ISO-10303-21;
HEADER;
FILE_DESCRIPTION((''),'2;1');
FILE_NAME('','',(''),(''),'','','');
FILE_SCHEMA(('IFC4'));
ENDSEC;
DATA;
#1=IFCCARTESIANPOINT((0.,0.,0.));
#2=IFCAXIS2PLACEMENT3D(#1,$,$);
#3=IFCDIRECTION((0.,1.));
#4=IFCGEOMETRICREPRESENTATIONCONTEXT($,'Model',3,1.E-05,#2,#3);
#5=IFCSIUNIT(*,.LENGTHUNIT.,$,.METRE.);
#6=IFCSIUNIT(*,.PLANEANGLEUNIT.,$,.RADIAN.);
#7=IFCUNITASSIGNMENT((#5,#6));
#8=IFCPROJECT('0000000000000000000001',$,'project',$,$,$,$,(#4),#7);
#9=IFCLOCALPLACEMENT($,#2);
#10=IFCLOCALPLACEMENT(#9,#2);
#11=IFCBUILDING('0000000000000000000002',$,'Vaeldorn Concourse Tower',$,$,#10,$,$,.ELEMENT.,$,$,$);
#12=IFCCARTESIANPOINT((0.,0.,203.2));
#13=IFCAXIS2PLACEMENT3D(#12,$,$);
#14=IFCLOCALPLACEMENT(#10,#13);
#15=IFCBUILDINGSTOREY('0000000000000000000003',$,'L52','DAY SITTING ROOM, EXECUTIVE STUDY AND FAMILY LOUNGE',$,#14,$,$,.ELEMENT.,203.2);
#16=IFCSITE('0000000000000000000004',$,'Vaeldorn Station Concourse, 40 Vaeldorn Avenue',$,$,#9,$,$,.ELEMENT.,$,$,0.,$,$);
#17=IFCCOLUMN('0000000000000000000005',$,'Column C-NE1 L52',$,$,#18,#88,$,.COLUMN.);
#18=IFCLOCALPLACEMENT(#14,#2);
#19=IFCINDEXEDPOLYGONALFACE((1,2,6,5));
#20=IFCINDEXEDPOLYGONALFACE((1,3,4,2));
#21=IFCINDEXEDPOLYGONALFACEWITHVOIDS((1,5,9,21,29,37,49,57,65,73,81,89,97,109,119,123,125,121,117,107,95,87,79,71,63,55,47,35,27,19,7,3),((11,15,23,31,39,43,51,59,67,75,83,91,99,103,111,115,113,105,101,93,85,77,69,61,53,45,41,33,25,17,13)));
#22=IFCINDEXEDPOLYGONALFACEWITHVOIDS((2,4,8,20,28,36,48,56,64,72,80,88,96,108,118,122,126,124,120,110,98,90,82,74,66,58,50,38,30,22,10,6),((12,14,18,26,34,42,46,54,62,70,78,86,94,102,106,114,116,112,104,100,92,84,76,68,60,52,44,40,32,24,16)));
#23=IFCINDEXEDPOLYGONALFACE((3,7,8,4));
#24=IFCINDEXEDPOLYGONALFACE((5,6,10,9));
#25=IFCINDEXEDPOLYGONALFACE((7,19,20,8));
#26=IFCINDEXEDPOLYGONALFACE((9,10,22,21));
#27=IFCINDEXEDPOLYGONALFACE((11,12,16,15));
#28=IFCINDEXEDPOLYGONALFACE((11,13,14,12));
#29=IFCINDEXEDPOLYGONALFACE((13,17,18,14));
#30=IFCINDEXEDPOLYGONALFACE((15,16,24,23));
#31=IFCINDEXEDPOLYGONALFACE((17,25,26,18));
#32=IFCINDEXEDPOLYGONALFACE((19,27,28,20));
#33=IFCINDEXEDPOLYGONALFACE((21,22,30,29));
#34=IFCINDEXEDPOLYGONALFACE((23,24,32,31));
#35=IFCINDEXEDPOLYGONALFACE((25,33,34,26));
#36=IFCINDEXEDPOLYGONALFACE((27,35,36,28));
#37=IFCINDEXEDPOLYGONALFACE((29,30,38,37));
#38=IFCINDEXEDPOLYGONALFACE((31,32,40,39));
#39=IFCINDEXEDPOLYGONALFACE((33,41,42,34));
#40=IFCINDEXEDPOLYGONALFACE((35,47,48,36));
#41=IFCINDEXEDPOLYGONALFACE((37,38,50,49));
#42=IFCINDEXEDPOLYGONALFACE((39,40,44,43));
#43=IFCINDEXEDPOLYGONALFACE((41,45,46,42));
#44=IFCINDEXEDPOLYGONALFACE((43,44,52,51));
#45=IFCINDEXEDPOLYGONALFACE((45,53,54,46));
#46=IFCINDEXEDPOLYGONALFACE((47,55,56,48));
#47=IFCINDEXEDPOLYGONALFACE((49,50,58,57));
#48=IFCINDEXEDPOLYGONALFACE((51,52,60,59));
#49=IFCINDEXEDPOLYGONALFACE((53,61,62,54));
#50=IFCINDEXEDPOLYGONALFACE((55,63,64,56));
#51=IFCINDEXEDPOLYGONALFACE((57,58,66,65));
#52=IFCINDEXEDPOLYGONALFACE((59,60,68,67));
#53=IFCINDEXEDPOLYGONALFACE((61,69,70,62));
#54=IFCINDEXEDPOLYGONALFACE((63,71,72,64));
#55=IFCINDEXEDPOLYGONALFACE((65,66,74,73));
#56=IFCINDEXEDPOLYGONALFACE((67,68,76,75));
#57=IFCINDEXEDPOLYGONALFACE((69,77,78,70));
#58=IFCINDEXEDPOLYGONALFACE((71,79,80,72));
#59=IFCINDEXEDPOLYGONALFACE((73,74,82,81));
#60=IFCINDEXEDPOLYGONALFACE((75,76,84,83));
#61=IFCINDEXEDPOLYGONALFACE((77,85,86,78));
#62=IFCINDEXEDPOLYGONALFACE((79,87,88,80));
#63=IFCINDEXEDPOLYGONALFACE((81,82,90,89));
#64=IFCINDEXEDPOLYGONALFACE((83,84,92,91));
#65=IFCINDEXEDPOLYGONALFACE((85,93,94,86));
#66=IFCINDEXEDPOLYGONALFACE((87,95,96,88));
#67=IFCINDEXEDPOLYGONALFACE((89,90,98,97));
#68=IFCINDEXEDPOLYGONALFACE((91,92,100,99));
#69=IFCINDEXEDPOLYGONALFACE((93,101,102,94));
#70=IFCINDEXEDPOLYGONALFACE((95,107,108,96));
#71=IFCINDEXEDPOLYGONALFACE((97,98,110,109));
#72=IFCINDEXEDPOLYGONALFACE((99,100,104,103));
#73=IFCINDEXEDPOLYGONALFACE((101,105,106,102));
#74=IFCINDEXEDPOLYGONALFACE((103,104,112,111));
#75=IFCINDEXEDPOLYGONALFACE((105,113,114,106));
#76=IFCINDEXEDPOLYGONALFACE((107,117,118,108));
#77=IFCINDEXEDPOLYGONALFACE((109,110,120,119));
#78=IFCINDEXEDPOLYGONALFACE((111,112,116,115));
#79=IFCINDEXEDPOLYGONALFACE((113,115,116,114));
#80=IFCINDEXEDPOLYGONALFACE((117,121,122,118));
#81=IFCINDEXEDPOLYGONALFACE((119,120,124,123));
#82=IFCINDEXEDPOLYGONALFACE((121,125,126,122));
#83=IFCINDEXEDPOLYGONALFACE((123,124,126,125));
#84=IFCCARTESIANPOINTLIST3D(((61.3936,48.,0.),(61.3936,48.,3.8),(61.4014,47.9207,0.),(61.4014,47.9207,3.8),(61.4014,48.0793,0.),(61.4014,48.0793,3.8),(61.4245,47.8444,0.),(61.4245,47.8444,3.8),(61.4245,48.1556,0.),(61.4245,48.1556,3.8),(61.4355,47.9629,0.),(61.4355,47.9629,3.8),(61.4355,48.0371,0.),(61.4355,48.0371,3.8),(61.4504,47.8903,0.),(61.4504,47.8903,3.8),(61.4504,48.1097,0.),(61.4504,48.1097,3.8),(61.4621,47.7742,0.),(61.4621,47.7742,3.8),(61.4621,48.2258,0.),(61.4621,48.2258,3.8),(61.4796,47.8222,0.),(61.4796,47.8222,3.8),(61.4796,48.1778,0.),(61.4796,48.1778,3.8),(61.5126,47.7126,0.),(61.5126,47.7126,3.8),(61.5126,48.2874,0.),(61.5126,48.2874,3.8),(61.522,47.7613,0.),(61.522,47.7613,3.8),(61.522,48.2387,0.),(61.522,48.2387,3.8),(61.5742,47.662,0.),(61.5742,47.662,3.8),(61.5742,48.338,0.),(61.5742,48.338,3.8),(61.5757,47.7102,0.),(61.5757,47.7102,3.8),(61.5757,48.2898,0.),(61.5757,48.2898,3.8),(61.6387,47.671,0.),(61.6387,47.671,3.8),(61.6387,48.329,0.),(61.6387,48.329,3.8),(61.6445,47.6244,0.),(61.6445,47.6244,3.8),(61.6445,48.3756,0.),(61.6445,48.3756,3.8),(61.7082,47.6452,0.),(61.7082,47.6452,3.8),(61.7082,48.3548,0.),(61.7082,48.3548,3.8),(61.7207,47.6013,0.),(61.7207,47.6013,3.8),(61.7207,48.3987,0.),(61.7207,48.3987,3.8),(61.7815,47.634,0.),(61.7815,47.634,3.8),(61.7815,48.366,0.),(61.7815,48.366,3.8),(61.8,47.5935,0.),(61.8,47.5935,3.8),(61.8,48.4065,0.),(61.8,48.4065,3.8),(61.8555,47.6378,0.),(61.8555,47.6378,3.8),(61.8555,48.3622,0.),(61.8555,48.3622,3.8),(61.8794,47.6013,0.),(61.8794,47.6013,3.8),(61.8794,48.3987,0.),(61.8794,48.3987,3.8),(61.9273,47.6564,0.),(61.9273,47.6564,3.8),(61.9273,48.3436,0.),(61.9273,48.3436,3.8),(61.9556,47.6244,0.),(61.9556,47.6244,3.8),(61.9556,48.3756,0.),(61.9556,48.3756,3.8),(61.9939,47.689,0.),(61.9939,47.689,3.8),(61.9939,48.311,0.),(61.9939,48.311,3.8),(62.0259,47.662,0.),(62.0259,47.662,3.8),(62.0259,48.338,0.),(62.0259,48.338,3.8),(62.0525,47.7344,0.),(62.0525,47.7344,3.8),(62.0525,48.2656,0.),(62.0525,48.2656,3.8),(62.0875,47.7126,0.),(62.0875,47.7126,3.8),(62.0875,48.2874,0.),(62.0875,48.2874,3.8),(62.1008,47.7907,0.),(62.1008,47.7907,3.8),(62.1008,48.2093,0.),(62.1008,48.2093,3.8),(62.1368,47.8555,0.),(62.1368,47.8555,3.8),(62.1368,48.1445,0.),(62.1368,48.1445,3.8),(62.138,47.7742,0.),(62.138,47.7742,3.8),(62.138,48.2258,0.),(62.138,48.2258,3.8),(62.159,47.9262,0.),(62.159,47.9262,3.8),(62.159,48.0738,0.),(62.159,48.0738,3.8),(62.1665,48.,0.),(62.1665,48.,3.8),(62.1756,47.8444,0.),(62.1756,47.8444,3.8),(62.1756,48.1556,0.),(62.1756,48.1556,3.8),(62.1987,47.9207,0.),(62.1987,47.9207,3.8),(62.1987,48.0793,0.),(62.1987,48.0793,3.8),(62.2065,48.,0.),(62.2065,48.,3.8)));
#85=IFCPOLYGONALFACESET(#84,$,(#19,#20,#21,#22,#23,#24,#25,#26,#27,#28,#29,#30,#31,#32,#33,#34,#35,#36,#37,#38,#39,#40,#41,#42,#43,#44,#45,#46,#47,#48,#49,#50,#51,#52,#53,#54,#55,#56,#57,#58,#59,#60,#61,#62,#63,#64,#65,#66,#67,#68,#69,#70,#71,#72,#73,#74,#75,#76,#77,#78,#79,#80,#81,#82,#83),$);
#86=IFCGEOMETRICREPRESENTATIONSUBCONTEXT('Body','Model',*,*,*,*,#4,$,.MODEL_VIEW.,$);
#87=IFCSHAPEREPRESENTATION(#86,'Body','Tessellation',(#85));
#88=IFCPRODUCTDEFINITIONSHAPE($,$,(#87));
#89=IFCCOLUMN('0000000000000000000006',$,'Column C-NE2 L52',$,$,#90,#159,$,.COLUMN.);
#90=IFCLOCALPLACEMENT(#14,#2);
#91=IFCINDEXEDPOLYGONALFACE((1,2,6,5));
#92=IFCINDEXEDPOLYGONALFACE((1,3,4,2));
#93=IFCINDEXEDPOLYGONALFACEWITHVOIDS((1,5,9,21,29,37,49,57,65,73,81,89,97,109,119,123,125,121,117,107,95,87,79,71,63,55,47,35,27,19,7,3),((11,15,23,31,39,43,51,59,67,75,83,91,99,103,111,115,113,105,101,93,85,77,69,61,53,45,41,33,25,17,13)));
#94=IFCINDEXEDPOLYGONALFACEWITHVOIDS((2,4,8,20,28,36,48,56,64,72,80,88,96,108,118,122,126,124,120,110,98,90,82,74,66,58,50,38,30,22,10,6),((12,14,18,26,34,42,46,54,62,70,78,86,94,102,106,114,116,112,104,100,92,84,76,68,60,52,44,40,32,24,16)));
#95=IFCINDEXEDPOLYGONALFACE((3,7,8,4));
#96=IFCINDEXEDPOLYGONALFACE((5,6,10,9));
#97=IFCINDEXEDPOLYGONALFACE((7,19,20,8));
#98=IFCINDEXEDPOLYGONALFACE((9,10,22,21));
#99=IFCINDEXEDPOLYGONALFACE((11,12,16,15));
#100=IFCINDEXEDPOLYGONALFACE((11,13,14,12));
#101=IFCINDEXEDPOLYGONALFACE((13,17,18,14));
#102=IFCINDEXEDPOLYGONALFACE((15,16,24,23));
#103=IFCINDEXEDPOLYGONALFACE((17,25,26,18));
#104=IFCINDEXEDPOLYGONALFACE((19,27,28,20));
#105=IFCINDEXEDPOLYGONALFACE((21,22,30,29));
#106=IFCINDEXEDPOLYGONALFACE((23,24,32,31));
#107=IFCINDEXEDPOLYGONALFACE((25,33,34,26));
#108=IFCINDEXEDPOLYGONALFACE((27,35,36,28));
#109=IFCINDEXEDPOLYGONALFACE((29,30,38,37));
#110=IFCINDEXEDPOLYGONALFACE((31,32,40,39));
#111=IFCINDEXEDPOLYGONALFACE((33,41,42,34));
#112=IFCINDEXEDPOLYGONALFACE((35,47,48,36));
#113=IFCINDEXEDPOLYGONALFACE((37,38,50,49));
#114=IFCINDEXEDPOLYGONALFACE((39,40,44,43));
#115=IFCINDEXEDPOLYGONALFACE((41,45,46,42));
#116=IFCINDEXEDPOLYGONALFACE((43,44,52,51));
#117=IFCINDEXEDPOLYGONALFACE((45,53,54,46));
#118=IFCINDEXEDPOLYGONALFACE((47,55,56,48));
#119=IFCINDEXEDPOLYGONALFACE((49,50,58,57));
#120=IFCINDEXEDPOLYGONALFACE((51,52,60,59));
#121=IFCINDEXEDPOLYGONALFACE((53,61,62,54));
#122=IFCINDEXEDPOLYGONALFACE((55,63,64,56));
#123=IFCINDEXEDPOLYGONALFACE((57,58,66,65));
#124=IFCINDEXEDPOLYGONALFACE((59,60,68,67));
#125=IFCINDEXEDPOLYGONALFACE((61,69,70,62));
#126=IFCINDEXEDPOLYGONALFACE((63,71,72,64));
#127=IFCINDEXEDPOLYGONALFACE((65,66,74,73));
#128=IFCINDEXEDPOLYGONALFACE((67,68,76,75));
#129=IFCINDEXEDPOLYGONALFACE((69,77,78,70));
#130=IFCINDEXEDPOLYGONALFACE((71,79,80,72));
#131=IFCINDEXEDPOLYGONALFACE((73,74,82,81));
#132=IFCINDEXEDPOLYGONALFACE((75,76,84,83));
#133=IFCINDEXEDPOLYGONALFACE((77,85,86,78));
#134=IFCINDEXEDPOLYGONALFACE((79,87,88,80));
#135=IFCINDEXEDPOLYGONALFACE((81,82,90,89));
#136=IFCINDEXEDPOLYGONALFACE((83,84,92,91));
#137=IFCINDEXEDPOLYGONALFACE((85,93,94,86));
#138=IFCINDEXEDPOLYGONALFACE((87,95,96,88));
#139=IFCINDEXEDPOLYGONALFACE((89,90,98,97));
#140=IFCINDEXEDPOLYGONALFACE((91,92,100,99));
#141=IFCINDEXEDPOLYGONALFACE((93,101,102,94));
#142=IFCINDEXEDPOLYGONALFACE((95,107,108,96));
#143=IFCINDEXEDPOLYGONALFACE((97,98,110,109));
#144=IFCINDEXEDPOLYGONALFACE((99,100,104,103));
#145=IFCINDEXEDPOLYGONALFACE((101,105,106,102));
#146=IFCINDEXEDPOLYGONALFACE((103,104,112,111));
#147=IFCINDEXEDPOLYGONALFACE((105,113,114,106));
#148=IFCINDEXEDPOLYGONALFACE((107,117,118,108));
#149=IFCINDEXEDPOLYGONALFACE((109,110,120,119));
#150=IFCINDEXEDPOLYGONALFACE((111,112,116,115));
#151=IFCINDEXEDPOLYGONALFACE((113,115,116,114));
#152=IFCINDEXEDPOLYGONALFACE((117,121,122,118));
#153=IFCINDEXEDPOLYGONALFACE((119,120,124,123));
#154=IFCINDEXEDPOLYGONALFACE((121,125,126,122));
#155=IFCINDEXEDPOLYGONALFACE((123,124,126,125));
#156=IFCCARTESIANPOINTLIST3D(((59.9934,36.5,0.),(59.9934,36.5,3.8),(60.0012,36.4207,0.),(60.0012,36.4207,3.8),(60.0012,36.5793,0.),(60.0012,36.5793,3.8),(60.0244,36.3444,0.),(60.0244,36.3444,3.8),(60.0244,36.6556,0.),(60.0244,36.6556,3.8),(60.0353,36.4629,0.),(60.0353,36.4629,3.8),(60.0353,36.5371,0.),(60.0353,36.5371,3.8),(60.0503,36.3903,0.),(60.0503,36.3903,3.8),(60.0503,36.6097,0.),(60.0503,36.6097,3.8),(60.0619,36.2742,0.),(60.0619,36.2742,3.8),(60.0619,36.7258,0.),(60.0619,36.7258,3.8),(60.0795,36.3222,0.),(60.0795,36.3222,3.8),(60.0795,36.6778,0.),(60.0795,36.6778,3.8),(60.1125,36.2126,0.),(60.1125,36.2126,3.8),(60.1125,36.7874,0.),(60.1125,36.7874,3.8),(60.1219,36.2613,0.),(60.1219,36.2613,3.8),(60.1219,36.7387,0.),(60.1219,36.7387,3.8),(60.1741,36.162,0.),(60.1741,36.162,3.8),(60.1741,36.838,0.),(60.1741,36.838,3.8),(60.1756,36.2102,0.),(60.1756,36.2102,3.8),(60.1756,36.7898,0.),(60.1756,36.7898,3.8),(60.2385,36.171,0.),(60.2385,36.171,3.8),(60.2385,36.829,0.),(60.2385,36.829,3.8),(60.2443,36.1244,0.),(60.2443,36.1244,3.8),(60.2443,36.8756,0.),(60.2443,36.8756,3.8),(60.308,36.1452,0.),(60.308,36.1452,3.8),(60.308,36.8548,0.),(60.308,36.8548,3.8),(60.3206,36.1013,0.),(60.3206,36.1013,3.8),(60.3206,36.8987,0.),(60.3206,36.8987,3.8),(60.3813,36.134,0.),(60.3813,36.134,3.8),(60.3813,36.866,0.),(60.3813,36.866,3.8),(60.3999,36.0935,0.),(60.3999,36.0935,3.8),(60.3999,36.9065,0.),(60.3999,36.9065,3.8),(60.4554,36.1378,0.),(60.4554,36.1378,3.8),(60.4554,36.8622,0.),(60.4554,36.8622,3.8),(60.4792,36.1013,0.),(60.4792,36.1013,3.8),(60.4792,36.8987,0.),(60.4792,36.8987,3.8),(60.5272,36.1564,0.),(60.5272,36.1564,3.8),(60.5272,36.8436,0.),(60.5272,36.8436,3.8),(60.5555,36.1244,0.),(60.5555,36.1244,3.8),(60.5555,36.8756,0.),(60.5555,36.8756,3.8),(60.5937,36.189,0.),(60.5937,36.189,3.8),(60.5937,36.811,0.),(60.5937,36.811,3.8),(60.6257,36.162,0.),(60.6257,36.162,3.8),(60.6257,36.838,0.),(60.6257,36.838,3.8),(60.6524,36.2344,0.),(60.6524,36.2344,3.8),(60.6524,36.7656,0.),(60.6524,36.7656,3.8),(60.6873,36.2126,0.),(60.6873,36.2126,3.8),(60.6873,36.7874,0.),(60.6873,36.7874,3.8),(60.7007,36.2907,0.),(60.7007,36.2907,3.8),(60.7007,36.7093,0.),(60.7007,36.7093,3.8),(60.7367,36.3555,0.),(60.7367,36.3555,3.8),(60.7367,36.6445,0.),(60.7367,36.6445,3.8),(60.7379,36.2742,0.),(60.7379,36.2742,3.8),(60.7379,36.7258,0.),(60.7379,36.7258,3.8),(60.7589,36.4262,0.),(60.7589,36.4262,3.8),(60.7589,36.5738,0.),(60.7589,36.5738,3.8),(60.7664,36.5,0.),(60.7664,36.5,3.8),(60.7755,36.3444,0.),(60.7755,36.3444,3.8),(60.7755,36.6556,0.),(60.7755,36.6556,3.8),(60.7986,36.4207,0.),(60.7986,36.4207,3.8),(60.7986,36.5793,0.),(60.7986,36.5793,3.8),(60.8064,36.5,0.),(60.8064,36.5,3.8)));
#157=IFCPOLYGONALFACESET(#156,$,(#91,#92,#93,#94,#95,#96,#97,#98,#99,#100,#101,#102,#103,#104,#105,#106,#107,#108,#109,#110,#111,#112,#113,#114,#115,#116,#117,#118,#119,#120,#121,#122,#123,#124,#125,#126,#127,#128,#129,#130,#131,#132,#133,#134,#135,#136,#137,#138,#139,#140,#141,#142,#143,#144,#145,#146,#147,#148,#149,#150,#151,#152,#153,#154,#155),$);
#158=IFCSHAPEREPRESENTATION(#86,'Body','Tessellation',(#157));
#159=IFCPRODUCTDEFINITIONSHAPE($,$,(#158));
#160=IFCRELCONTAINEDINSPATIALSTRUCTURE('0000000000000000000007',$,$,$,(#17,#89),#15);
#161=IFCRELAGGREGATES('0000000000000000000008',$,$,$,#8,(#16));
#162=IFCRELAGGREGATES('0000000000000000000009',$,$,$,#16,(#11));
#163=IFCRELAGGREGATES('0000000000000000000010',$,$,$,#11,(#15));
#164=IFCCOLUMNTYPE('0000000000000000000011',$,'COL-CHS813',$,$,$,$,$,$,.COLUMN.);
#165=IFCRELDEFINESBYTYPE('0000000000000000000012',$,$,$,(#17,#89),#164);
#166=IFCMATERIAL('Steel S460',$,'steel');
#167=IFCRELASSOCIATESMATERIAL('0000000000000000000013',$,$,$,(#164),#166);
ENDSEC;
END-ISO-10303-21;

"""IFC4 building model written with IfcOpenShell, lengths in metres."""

from ifc_helpers import new_model, si_unit, direction, frame, origin, origin_2d, place, context, subcontext, project, spatial, hollow_circle, extrude, source, transform, mapped, material, material_profile, profile_set, type_object, element, save


model = new_model("IFC4")

# Units and contexts
model_context = context("Model", 3, precision=1e-05, world=origin(), true_north=direction((0.0, 1.0)))
body_context = subcontext(model_context, "Body", "Model", "MODEL_VIEW")
ifc_project = project(units=[si_unit("LENGTHUNIT", "METRE"), si_unit("PLANEANGLEUNIT", "RADIAN")], contexts=[model_context])

# Site, building, storey
site_placement = place(None, origin())
site = spatial("IfcSite", under=ifc_project, at=site_placement, Name="Vaeldorn Station Concourse, 40 Vaeldorn Avenue", CompositionType="ELEMENT", RefElevation=0.0)
building_placement = place(site_placement, origin())
building = spatial("IfcBuilding", under=site, at=building_placement, Name="Vaeldorn Concourse Tower", CompositionType="ELEMENT")
storey_placement = place(building_placement, frame((0.0, 0.0, 203.2)))
storey = spatial("IfcBuildingStorey", under=building, at=storey_placement, Name="L52", Description="DAY SITTING ROOM, EXECUTIVE STUDY AND FAMILY LOUNGE", CompositionType="ELEMENT", Elevation=203.2)

# Columns
ifc_material_1 = material(Name="Steel S460", Category="steel")
ifc_material_profile_1 = material_profile(ifc_material_1, hollow_circle(Radius=0.4065, WallThickness=0.04, at=origin_2d()), Name="CHS 813x40")
ifc_profile_set_1 = profile_set([ifc_material_profile_1], Name="Steel S460")
column_type = type_object("IfcColumnType", Name="COL-CHS813", PredefinedType="COLUMN", material=ifc_profile_set_1)
shared_shape_1 = source(origin(), body_context, "Body", "SweptSolid", [
    extrude(hollow_circle(Radius=0.4065, WallThickness=0.04, at=origin_2d()), origin(), (0.0, 0.0, 1.0), 3.8),
])
for number, where, z_axis, x_axis, name in (
    (1, (61.8, 48.0, 0.0), (0.0, 0.0, 1.0), (1.0, 0.0, 0.0), "Column C-NE1 L52"),
    (2, (60.3999, 36.5, 0.0), (0.0, 0.0, 1.0), (1.0, 0.0, 0.0), "Column C-NE2 L52"),
):
    element("IfcColumn", number, at=place(storey_placement, frame(where, z_axis=z_axis, x_axis=x_axis)), inside=storey, type_object=column_type, Name=name, PredefinedType="COLUMN", context=body_context, shape_type="MappedRepresentation", body=[
        mapped(shared_shape_1, transform((0.0, 0.0, 0.0), scale=1.0)),
    ])

save(model, "model.ifc")
